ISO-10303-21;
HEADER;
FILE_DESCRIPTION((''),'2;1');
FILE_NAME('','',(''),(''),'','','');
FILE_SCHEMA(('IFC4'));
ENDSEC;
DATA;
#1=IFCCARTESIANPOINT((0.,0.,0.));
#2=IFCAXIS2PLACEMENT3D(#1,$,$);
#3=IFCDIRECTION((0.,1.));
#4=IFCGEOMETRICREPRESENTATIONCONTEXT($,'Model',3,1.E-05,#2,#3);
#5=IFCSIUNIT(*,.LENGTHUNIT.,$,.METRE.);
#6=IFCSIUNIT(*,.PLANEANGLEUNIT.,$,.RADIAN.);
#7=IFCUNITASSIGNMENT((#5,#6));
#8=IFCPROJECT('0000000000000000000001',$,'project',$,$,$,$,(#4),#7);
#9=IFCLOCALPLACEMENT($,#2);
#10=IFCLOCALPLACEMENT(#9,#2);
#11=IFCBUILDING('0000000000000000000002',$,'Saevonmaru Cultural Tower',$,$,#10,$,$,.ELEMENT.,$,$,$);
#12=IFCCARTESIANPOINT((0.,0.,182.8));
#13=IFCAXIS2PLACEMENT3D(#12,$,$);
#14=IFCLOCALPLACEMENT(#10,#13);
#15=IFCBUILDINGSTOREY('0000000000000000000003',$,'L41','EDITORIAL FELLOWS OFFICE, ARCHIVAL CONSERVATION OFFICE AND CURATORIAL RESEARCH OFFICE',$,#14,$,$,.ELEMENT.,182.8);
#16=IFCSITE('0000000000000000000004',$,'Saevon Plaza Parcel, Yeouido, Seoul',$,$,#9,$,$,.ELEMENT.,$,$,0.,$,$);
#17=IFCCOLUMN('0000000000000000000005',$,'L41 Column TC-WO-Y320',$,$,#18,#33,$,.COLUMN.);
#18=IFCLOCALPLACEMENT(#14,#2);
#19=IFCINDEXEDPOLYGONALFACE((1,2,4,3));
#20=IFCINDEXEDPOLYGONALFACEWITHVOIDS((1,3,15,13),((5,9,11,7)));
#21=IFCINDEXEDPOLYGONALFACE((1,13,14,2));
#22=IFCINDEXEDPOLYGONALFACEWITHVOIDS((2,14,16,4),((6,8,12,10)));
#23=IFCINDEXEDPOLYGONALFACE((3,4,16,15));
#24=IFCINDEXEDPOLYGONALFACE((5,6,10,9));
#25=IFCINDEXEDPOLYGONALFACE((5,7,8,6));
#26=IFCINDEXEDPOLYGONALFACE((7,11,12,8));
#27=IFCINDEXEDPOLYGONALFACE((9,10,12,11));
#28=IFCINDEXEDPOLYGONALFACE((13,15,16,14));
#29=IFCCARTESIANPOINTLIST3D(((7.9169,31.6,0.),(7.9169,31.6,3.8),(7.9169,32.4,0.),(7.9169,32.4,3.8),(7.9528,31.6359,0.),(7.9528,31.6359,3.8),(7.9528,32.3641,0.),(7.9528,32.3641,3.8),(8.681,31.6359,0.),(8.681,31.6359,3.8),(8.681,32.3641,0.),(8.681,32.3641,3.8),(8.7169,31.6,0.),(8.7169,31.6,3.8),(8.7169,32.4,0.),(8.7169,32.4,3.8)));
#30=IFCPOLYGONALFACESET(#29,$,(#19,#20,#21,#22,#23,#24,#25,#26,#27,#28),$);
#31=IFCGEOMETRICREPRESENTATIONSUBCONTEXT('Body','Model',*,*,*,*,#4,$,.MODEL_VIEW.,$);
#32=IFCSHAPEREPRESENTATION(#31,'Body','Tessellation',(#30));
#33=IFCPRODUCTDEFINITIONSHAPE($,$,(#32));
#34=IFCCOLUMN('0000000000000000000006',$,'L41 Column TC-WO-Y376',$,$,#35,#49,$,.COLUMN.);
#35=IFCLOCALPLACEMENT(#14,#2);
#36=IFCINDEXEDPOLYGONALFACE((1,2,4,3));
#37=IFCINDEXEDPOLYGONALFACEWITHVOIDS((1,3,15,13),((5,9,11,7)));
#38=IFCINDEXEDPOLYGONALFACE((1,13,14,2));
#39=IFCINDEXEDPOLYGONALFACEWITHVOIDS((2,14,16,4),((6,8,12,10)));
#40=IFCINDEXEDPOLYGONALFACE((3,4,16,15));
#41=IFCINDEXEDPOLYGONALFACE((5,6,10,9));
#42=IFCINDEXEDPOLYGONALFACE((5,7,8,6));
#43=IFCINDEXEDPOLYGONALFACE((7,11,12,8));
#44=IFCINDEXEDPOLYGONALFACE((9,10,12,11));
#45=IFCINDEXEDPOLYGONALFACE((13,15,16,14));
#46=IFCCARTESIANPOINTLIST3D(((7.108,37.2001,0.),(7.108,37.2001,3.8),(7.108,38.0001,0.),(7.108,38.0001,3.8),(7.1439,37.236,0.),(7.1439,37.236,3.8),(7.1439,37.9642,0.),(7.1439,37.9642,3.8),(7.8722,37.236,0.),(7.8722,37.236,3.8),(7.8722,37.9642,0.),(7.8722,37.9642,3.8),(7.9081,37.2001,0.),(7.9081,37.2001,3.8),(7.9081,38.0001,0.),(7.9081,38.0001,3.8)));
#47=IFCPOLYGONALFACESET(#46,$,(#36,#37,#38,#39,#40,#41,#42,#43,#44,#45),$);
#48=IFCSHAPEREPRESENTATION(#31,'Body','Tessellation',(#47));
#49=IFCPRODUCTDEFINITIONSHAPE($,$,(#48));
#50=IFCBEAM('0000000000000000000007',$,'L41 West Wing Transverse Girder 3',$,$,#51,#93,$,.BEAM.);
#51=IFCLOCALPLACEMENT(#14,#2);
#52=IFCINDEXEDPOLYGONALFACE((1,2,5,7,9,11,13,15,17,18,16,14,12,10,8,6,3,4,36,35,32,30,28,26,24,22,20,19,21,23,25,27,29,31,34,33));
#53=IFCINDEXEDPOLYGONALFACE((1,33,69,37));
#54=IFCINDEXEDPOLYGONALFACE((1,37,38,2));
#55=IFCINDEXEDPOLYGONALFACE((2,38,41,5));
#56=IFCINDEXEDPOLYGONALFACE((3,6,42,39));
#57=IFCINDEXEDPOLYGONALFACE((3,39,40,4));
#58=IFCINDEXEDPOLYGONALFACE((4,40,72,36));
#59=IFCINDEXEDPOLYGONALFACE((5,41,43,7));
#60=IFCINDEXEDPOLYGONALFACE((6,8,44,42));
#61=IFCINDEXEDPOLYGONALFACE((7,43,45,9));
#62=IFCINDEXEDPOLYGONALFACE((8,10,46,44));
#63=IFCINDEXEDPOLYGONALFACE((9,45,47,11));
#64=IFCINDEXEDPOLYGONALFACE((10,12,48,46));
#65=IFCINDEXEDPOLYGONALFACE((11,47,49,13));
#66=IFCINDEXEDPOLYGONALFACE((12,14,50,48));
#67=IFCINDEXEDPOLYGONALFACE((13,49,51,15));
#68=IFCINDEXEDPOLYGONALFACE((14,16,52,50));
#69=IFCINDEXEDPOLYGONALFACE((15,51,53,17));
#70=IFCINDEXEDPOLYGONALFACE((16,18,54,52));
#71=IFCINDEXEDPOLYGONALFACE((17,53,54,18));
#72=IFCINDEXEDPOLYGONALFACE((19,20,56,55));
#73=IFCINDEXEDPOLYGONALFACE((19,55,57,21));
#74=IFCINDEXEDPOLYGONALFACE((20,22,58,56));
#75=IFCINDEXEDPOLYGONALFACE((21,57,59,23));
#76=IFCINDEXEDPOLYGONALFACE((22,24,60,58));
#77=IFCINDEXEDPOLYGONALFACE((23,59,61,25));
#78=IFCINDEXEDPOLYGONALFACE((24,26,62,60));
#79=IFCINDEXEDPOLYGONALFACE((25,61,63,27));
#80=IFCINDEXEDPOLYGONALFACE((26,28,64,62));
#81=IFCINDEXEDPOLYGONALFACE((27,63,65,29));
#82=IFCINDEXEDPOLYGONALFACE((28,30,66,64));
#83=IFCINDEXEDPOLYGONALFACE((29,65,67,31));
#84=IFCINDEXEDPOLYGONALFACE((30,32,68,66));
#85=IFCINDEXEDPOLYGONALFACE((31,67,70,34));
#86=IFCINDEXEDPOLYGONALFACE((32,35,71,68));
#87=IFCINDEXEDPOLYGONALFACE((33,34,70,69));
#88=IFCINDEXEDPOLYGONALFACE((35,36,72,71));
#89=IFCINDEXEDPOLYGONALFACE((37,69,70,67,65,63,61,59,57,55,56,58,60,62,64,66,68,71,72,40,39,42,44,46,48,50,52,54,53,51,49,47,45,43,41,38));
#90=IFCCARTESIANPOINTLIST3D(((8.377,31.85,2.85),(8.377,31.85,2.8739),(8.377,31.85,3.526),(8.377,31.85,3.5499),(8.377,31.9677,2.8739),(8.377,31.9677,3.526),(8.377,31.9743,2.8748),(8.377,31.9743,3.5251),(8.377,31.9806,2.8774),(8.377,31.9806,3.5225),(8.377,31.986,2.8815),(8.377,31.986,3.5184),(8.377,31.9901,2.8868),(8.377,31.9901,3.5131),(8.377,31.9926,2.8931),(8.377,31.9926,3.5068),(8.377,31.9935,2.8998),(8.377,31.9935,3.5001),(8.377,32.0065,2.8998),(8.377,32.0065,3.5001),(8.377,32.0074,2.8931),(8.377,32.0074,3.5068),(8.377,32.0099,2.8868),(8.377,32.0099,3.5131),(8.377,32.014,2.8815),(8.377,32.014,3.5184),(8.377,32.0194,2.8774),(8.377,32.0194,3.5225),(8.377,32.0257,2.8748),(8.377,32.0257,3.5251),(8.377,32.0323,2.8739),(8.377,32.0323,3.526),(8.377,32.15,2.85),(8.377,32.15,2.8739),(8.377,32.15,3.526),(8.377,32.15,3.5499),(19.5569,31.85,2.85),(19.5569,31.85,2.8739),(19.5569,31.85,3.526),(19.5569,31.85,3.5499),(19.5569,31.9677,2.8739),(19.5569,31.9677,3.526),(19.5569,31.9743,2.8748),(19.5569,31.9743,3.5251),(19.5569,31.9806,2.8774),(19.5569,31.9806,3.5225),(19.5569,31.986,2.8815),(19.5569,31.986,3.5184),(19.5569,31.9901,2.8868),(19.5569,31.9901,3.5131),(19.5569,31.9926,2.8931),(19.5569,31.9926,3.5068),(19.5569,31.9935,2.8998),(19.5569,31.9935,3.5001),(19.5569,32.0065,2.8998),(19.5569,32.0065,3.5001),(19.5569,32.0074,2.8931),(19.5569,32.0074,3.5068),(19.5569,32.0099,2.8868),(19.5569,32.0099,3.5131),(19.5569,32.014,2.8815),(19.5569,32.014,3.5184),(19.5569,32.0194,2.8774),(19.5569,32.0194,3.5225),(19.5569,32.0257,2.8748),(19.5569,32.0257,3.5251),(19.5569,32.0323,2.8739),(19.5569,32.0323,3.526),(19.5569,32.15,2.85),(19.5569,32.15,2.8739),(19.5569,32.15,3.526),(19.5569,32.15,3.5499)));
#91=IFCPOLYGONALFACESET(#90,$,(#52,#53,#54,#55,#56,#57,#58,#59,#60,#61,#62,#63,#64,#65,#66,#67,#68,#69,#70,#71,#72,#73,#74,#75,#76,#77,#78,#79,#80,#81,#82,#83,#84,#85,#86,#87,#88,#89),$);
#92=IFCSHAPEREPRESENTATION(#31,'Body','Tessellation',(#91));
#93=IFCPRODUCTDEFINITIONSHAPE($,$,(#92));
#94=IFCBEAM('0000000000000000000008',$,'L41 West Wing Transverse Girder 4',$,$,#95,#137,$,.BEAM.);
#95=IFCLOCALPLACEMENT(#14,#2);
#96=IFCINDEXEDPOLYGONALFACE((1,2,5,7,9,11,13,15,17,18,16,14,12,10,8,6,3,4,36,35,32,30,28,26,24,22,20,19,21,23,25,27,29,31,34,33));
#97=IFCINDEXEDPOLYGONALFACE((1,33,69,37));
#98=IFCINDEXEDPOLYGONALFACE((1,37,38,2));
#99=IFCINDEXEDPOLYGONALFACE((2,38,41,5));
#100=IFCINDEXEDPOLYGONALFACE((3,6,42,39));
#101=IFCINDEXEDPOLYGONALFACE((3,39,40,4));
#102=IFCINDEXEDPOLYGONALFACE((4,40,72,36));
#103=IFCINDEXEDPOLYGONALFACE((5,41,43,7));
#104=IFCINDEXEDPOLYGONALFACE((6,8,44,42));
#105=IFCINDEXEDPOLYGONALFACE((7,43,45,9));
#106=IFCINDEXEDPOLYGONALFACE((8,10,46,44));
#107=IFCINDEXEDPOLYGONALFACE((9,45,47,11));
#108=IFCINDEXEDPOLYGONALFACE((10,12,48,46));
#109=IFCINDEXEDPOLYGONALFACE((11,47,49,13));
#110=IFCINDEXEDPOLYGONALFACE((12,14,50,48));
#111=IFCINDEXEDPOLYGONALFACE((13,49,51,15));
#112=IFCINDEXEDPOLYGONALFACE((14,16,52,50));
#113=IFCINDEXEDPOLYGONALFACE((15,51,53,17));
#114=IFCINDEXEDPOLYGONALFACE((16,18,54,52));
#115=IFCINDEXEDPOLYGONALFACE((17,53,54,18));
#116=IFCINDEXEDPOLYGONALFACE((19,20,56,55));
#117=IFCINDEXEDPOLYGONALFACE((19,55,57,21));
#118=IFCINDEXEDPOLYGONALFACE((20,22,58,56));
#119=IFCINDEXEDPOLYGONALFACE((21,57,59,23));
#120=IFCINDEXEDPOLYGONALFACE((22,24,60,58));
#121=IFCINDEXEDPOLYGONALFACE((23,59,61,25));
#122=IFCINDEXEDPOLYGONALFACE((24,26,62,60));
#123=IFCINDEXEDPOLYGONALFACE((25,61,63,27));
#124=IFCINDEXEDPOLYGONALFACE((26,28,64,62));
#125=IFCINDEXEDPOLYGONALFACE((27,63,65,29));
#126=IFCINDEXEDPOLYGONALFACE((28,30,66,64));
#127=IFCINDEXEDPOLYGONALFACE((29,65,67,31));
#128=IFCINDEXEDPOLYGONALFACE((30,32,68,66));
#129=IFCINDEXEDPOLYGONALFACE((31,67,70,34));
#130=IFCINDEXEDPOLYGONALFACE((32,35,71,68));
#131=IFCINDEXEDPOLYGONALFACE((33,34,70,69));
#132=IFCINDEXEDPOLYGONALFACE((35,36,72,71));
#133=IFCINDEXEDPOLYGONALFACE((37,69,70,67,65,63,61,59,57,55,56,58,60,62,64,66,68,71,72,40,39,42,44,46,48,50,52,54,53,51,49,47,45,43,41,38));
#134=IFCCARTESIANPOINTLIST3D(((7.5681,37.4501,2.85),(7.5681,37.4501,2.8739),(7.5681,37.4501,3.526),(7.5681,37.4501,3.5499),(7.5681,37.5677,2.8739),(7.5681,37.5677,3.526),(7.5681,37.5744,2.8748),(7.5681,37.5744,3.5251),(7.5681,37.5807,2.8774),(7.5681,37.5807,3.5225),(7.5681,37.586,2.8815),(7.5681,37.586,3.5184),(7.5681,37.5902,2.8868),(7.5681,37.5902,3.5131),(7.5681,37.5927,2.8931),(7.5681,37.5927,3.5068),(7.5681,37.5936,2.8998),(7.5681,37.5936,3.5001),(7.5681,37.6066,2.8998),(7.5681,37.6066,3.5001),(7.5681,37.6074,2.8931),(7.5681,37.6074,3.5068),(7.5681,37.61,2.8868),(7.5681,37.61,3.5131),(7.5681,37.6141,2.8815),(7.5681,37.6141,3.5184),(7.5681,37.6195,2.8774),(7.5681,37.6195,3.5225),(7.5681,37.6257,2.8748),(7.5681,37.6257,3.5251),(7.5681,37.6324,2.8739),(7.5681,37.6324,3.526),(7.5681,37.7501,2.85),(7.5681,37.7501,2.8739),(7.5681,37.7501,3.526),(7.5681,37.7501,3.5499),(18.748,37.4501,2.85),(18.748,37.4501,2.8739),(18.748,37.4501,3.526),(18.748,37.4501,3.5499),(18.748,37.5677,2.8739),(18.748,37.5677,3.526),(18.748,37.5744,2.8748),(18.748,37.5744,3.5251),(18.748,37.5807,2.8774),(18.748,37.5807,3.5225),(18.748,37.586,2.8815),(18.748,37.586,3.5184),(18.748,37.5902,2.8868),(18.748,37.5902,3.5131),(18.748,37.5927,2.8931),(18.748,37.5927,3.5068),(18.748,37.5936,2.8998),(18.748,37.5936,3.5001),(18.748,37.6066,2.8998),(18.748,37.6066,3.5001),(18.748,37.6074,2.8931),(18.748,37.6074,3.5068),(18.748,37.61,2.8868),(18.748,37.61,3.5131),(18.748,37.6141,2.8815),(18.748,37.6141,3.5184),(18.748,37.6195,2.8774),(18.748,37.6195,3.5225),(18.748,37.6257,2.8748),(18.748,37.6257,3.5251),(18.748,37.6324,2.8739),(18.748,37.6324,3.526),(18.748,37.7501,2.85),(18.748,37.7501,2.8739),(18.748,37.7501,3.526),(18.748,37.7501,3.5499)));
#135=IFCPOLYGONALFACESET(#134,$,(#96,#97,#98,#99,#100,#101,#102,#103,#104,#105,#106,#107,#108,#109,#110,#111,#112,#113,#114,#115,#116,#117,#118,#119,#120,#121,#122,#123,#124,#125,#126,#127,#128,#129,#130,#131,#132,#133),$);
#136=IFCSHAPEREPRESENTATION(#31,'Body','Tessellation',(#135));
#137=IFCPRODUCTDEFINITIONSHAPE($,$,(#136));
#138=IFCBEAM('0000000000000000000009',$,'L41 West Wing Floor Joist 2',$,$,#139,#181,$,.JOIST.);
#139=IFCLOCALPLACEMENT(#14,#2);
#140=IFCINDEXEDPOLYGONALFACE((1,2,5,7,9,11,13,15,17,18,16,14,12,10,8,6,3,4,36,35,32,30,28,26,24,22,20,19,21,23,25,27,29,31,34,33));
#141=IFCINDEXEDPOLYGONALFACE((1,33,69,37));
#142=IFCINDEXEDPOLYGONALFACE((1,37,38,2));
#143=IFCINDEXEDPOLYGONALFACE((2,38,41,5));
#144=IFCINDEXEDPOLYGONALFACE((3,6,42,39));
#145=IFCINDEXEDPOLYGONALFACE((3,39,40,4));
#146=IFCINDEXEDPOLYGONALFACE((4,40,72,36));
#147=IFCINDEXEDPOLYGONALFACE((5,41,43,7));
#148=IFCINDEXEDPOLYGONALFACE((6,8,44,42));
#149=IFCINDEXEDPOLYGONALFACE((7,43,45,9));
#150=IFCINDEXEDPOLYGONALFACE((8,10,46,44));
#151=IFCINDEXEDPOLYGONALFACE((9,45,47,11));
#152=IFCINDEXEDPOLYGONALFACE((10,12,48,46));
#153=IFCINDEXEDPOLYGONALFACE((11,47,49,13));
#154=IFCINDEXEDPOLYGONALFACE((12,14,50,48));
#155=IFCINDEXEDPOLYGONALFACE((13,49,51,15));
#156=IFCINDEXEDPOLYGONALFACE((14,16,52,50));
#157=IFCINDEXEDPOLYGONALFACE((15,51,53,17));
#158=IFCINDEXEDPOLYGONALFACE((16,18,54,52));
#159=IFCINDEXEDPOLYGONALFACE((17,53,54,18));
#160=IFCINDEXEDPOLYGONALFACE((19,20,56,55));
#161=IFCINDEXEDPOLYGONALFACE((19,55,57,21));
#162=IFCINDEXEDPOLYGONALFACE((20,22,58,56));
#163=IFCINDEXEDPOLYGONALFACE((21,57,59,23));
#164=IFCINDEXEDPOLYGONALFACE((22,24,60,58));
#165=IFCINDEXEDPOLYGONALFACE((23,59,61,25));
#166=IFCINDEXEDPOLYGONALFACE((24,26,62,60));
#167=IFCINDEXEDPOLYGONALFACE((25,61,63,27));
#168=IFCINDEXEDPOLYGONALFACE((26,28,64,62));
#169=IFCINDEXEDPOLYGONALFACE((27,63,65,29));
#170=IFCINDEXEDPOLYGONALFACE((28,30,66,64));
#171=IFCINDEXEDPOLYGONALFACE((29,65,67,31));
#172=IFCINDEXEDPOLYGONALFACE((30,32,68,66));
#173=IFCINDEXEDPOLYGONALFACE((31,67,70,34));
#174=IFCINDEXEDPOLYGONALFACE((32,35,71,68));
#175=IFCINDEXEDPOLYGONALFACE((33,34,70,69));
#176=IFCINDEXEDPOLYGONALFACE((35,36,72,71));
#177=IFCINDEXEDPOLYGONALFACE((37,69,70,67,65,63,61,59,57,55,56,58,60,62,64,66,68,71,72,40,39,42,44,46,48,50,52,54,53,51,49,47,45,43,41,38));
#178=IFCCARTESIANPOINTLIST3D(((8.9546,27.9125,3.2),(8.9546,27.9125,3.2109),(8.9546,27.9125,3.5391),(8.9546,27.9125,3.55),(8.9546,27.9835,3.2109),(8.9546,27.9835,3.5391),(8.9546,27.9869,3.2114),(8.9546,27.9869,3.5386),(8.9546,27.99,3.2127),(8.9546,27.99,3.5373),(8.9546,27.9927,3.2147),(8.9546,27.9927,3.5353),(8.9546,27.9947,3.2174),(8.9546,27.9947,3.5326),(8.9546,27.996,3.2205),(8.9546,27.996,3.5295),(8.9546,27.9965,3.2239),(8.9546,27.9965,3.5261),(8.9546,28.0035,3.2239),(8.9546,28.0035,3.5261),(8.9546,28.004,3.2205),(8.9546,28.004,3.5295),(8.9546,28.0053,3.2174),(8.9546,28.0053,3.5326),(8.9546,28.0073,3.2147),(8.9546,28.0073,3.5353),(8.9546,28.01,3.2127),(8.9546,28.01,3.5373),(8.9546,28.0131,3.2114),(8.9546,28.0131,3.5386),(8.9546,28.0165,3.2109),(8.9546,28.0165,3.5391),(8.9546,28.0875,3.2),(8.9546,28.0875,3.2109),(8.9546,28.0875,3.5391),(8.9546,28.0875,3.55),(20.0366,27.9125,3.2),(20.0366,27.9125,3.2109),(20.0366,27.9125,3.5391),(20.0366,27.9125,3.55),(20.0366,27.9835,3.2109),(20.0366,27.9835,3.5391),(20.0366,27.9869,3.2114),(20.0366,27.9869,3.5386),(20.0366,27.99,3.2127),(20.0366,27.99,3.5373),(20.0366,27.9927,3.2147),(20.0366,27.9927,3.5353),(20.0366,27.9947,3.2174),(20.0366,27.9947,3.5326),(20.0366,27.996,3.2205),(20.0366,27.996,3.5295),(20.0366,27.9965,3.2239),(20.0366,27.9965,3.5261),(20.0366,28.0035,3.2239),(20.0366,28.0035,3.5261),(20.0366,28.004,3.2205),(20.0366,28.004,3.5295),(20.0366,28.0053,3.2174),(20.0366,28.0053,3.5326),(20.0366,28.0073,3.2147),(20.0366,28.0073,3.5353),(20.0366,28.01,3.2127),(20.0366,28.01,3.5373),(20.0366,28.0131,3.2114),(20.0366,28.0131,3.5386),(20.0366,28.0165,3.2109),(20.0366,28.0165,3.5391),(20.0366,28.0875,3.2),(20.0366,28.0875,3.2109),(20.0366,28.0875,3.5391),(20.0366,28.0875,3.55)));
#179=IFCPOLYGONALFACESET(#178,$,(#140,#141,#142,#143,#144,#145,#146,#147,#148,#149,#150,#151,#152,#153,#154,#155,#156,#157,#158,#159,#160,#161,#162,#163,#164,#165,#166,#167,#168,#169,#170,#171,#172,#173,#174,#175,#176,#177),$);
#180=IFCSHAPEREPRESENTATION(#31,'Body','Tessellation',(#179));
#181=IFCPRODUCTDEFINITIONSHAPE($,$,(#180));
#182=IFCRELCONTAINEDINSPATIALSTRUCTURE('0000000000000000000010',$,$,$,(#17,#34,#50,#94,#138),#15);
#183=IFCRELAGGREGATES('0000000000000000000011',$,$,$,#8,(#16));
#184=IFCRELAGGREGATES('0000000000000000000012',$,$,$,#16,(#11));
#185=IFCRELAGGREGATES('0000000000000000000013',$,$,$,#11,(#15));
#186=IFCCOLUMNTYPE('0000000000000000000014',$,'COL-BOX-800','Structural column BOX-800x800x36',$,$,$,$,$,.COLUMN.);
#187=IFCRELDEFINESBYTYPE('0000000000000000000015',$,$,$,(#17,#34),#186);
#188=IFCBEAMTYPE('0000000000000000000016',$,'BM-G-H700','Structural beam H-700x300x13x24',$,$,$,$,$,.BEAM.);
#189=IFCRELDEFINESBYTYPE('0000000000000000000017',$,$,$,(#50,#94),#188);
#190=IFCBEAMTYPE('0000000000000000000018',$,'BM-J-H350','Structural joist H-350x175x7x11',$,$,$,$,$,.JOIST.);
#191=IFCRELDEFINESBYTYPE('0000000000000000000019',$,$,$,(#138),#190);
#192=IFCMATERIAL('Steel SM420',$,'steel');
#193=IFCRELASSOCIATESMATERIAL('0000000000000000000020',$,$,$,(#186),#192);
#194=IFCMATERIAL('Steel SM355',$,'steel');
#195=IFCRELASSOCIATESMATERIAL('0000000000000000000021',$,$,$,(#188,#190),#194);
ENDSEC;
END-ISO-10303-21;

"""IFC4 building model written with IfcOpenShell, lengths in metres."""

from ifc_helpers import new_model, si_unit, direction, frame, origin, origin_2d, place, context, subcontext, project, spatial, hollow_rectangle, i_section, extrude, material, material_profile, profile_set, type_object, element, save


model = new_model("IFC4")

# Units and contexts
model_context = context("Model", 3, precision=1e-05, world=origin(), true_north=direction((0.0, 1.0)))
body_context = subcontext(model_context, "Body", "Model", "MODEL_VIEW")
ifc_project = project(units=[si_unit("LENGTHUNIT", "METRE"), si_unit("PLANEANGLEUNIT", "RADIAN")], contexts=[model_context])

# Site, building, storey
site_placement = place(None, origin())
site = spatial("IfcSite", under=ifc_project, at=site_placement, Name="Saevon Plaza Parcel, Yeouido, Seoul", CompositionType="ELEMENT", RefElevation=0.0)
building_placement = place(site_placement, origin())
building = spatial("IfcBuilding", under=site, at=building_placement, Name="Saevonmaru Cultural Tower", CompositionType="ELEMENT")
storey_placement = place(building_placement, frame((0.0, 0.0, 182.8)))
storey = spatial("IfcBuildingStorey", under=building, at=storey_placement, Name="L41", Description="EDITORIAL FELLOWS OFFICE, ARCHIVAL CONSERVATION OFFICE AND CURATORIAL RESEARCH OFFICE", CompositionType="ELEMENT", Elevation=182.8)

# Columns
ifc_material_1 = material(Name="Steel SM420", Category="steel")
ifc_material_profile_1 = material_profile(ifc_material_1, hollow_rectangle(XDim=0.8, YDim=0.8, WallThickness=0.0359, at=origin_2d()), Name="BOX-800x800x36")
ifc_profile_set_1 = profile_set([ifc_material_profile_1], Name="Steel SM420")
column_type = type_object("IfcColumnType", Name="COL-BOX-800", Description="Structural column BOX-800x800x36", PredefinedType="COLUMN", material=ifc_profile_set_1)
for number, where, z_axis, x_axis, name in (
    (1, (8.3169, 32.0, 0.0), (0.0, 0.0, 1.0), (1.0, 0.0, 0.0), "L41 Column TC-WO-Y320"),
    (2, (7.5081, 37.6001, 0.0), (0.0, 0.0, 1.0), (1.0, 0.0, 0.0), "L41 Column TC-WO-Y376"),
):
    element("IfcColumn", number, at=place(storey_placement, frame(where, z_axis=z_axis, x_axis=x_axis)), inside=storey, type_object=column_type, Name=name, PredefinedType="COLUMN", context=body_context, shape_type="SweptSolid", body=[
        extrude(hollow_rectangle(XDim=0.8, YDim=0.8, WallThickness=0.0359, at=origin_2d()), origin(), (0.0, 0.0, 1.0), 3.8),
    ])

# Beams
ifc_material_2 = material(Name="Steel SM355", Category="steel")
ifc_material_profile_2 = material_profile(ifc_material_2, i_section(OverallWidth=0.3, OverallDepth=0.7, WebThickness=0.0129, FlangeThickness=0.0239, FilletRadius=0.0259, at=origin_2d()), Name="H-700x300x13x24")
ifc_profile_set_2 = profile_set([ifc_material_profile_2], Name="Steel SM355")
beam_type_1 = type_object("IfcBeamType", Name="BM-G-H700", Description="Structural beam H-700x300x13x24", PredefinedType="BEAM", material=ifc_profile_set_2)
for number, where, z_axis, x_axis, name in (
    (3, (8.377, 32.0, 3.2), (1.0, 0.0, 0.0), (0.0, 1.0, 0.0), "L41 West Wing Transverse Girder 3"),
    (4, (7.5681, 37.6001, 3.2), (1.0, 0.0, 0.0), (0.0, 1.0, 0.0), "L41 West Wing Transverse Girder 4"),
):
    element("IfcBeam", number, at=place(storey_placement, frame(where, z_axis=z_axis, x_axis=x_axis)), inside=storey, type_object=beam_type_1, Name=name, PredefinedType="BEAM", context=body_context, shape_type="SweptSolid", body=[
        extrude(i_section(OverallWidth=0.3, OverallDepth=0.7, WebThickness=0.0129, FlangeThickness=0.0239, FilletRadius=0.0259, at=origin_2d()), origin(), (0.0, 0.0, 1.0), 11.1799),
    ])
ifc_material_profile_3 = material_profile(ifc_material_2, i_section(OverallWidth=0.175, OverallDepth=0.3501, WebThickness=0.0071, FlangeThickness=0.011, FilletRadius=0.0129, at=origin_2d()), Name="H-350x175x7x11")
ifc_profile_set_3 = profile_set([ifc_material_profile_3], Name="Steel SM355")
beam_type_2 = type_object("IfcBeamType", Name="BM-J-H350", Description="Structural joist H-350x175x7x11", PredefinedType="JOIST", material=ifc_profile_set_3)
for number, where, z_axis, x_axis, name in (
    (5, (8.9546, 28.0, 3.375), (1.0, 0.0, 0.0), (0.0, 1.0, 0.0), "L41 West Wing Floor Joist 2"),
):
    element("IfcBeam", number, at=place(storey_placement, frame(where, z_axis=z_axis, x_axis=x_axis)), inside=storey, type_object=beam_type_2, Name=name, PredefinedType="JOIST", context=body_context, shape_type="SweptSolid", body=[
        extrude(i_section(OverallWidth=0.175, OverallDepth=0.3501, WebThickness=0.0071, FlangeThickness=0.011, FilletRadius=0.0129, at=origin_2d()), origin(), (0.0, 0.0, 1.0), 11.082),
    ])

save(model, "model.ifc")
